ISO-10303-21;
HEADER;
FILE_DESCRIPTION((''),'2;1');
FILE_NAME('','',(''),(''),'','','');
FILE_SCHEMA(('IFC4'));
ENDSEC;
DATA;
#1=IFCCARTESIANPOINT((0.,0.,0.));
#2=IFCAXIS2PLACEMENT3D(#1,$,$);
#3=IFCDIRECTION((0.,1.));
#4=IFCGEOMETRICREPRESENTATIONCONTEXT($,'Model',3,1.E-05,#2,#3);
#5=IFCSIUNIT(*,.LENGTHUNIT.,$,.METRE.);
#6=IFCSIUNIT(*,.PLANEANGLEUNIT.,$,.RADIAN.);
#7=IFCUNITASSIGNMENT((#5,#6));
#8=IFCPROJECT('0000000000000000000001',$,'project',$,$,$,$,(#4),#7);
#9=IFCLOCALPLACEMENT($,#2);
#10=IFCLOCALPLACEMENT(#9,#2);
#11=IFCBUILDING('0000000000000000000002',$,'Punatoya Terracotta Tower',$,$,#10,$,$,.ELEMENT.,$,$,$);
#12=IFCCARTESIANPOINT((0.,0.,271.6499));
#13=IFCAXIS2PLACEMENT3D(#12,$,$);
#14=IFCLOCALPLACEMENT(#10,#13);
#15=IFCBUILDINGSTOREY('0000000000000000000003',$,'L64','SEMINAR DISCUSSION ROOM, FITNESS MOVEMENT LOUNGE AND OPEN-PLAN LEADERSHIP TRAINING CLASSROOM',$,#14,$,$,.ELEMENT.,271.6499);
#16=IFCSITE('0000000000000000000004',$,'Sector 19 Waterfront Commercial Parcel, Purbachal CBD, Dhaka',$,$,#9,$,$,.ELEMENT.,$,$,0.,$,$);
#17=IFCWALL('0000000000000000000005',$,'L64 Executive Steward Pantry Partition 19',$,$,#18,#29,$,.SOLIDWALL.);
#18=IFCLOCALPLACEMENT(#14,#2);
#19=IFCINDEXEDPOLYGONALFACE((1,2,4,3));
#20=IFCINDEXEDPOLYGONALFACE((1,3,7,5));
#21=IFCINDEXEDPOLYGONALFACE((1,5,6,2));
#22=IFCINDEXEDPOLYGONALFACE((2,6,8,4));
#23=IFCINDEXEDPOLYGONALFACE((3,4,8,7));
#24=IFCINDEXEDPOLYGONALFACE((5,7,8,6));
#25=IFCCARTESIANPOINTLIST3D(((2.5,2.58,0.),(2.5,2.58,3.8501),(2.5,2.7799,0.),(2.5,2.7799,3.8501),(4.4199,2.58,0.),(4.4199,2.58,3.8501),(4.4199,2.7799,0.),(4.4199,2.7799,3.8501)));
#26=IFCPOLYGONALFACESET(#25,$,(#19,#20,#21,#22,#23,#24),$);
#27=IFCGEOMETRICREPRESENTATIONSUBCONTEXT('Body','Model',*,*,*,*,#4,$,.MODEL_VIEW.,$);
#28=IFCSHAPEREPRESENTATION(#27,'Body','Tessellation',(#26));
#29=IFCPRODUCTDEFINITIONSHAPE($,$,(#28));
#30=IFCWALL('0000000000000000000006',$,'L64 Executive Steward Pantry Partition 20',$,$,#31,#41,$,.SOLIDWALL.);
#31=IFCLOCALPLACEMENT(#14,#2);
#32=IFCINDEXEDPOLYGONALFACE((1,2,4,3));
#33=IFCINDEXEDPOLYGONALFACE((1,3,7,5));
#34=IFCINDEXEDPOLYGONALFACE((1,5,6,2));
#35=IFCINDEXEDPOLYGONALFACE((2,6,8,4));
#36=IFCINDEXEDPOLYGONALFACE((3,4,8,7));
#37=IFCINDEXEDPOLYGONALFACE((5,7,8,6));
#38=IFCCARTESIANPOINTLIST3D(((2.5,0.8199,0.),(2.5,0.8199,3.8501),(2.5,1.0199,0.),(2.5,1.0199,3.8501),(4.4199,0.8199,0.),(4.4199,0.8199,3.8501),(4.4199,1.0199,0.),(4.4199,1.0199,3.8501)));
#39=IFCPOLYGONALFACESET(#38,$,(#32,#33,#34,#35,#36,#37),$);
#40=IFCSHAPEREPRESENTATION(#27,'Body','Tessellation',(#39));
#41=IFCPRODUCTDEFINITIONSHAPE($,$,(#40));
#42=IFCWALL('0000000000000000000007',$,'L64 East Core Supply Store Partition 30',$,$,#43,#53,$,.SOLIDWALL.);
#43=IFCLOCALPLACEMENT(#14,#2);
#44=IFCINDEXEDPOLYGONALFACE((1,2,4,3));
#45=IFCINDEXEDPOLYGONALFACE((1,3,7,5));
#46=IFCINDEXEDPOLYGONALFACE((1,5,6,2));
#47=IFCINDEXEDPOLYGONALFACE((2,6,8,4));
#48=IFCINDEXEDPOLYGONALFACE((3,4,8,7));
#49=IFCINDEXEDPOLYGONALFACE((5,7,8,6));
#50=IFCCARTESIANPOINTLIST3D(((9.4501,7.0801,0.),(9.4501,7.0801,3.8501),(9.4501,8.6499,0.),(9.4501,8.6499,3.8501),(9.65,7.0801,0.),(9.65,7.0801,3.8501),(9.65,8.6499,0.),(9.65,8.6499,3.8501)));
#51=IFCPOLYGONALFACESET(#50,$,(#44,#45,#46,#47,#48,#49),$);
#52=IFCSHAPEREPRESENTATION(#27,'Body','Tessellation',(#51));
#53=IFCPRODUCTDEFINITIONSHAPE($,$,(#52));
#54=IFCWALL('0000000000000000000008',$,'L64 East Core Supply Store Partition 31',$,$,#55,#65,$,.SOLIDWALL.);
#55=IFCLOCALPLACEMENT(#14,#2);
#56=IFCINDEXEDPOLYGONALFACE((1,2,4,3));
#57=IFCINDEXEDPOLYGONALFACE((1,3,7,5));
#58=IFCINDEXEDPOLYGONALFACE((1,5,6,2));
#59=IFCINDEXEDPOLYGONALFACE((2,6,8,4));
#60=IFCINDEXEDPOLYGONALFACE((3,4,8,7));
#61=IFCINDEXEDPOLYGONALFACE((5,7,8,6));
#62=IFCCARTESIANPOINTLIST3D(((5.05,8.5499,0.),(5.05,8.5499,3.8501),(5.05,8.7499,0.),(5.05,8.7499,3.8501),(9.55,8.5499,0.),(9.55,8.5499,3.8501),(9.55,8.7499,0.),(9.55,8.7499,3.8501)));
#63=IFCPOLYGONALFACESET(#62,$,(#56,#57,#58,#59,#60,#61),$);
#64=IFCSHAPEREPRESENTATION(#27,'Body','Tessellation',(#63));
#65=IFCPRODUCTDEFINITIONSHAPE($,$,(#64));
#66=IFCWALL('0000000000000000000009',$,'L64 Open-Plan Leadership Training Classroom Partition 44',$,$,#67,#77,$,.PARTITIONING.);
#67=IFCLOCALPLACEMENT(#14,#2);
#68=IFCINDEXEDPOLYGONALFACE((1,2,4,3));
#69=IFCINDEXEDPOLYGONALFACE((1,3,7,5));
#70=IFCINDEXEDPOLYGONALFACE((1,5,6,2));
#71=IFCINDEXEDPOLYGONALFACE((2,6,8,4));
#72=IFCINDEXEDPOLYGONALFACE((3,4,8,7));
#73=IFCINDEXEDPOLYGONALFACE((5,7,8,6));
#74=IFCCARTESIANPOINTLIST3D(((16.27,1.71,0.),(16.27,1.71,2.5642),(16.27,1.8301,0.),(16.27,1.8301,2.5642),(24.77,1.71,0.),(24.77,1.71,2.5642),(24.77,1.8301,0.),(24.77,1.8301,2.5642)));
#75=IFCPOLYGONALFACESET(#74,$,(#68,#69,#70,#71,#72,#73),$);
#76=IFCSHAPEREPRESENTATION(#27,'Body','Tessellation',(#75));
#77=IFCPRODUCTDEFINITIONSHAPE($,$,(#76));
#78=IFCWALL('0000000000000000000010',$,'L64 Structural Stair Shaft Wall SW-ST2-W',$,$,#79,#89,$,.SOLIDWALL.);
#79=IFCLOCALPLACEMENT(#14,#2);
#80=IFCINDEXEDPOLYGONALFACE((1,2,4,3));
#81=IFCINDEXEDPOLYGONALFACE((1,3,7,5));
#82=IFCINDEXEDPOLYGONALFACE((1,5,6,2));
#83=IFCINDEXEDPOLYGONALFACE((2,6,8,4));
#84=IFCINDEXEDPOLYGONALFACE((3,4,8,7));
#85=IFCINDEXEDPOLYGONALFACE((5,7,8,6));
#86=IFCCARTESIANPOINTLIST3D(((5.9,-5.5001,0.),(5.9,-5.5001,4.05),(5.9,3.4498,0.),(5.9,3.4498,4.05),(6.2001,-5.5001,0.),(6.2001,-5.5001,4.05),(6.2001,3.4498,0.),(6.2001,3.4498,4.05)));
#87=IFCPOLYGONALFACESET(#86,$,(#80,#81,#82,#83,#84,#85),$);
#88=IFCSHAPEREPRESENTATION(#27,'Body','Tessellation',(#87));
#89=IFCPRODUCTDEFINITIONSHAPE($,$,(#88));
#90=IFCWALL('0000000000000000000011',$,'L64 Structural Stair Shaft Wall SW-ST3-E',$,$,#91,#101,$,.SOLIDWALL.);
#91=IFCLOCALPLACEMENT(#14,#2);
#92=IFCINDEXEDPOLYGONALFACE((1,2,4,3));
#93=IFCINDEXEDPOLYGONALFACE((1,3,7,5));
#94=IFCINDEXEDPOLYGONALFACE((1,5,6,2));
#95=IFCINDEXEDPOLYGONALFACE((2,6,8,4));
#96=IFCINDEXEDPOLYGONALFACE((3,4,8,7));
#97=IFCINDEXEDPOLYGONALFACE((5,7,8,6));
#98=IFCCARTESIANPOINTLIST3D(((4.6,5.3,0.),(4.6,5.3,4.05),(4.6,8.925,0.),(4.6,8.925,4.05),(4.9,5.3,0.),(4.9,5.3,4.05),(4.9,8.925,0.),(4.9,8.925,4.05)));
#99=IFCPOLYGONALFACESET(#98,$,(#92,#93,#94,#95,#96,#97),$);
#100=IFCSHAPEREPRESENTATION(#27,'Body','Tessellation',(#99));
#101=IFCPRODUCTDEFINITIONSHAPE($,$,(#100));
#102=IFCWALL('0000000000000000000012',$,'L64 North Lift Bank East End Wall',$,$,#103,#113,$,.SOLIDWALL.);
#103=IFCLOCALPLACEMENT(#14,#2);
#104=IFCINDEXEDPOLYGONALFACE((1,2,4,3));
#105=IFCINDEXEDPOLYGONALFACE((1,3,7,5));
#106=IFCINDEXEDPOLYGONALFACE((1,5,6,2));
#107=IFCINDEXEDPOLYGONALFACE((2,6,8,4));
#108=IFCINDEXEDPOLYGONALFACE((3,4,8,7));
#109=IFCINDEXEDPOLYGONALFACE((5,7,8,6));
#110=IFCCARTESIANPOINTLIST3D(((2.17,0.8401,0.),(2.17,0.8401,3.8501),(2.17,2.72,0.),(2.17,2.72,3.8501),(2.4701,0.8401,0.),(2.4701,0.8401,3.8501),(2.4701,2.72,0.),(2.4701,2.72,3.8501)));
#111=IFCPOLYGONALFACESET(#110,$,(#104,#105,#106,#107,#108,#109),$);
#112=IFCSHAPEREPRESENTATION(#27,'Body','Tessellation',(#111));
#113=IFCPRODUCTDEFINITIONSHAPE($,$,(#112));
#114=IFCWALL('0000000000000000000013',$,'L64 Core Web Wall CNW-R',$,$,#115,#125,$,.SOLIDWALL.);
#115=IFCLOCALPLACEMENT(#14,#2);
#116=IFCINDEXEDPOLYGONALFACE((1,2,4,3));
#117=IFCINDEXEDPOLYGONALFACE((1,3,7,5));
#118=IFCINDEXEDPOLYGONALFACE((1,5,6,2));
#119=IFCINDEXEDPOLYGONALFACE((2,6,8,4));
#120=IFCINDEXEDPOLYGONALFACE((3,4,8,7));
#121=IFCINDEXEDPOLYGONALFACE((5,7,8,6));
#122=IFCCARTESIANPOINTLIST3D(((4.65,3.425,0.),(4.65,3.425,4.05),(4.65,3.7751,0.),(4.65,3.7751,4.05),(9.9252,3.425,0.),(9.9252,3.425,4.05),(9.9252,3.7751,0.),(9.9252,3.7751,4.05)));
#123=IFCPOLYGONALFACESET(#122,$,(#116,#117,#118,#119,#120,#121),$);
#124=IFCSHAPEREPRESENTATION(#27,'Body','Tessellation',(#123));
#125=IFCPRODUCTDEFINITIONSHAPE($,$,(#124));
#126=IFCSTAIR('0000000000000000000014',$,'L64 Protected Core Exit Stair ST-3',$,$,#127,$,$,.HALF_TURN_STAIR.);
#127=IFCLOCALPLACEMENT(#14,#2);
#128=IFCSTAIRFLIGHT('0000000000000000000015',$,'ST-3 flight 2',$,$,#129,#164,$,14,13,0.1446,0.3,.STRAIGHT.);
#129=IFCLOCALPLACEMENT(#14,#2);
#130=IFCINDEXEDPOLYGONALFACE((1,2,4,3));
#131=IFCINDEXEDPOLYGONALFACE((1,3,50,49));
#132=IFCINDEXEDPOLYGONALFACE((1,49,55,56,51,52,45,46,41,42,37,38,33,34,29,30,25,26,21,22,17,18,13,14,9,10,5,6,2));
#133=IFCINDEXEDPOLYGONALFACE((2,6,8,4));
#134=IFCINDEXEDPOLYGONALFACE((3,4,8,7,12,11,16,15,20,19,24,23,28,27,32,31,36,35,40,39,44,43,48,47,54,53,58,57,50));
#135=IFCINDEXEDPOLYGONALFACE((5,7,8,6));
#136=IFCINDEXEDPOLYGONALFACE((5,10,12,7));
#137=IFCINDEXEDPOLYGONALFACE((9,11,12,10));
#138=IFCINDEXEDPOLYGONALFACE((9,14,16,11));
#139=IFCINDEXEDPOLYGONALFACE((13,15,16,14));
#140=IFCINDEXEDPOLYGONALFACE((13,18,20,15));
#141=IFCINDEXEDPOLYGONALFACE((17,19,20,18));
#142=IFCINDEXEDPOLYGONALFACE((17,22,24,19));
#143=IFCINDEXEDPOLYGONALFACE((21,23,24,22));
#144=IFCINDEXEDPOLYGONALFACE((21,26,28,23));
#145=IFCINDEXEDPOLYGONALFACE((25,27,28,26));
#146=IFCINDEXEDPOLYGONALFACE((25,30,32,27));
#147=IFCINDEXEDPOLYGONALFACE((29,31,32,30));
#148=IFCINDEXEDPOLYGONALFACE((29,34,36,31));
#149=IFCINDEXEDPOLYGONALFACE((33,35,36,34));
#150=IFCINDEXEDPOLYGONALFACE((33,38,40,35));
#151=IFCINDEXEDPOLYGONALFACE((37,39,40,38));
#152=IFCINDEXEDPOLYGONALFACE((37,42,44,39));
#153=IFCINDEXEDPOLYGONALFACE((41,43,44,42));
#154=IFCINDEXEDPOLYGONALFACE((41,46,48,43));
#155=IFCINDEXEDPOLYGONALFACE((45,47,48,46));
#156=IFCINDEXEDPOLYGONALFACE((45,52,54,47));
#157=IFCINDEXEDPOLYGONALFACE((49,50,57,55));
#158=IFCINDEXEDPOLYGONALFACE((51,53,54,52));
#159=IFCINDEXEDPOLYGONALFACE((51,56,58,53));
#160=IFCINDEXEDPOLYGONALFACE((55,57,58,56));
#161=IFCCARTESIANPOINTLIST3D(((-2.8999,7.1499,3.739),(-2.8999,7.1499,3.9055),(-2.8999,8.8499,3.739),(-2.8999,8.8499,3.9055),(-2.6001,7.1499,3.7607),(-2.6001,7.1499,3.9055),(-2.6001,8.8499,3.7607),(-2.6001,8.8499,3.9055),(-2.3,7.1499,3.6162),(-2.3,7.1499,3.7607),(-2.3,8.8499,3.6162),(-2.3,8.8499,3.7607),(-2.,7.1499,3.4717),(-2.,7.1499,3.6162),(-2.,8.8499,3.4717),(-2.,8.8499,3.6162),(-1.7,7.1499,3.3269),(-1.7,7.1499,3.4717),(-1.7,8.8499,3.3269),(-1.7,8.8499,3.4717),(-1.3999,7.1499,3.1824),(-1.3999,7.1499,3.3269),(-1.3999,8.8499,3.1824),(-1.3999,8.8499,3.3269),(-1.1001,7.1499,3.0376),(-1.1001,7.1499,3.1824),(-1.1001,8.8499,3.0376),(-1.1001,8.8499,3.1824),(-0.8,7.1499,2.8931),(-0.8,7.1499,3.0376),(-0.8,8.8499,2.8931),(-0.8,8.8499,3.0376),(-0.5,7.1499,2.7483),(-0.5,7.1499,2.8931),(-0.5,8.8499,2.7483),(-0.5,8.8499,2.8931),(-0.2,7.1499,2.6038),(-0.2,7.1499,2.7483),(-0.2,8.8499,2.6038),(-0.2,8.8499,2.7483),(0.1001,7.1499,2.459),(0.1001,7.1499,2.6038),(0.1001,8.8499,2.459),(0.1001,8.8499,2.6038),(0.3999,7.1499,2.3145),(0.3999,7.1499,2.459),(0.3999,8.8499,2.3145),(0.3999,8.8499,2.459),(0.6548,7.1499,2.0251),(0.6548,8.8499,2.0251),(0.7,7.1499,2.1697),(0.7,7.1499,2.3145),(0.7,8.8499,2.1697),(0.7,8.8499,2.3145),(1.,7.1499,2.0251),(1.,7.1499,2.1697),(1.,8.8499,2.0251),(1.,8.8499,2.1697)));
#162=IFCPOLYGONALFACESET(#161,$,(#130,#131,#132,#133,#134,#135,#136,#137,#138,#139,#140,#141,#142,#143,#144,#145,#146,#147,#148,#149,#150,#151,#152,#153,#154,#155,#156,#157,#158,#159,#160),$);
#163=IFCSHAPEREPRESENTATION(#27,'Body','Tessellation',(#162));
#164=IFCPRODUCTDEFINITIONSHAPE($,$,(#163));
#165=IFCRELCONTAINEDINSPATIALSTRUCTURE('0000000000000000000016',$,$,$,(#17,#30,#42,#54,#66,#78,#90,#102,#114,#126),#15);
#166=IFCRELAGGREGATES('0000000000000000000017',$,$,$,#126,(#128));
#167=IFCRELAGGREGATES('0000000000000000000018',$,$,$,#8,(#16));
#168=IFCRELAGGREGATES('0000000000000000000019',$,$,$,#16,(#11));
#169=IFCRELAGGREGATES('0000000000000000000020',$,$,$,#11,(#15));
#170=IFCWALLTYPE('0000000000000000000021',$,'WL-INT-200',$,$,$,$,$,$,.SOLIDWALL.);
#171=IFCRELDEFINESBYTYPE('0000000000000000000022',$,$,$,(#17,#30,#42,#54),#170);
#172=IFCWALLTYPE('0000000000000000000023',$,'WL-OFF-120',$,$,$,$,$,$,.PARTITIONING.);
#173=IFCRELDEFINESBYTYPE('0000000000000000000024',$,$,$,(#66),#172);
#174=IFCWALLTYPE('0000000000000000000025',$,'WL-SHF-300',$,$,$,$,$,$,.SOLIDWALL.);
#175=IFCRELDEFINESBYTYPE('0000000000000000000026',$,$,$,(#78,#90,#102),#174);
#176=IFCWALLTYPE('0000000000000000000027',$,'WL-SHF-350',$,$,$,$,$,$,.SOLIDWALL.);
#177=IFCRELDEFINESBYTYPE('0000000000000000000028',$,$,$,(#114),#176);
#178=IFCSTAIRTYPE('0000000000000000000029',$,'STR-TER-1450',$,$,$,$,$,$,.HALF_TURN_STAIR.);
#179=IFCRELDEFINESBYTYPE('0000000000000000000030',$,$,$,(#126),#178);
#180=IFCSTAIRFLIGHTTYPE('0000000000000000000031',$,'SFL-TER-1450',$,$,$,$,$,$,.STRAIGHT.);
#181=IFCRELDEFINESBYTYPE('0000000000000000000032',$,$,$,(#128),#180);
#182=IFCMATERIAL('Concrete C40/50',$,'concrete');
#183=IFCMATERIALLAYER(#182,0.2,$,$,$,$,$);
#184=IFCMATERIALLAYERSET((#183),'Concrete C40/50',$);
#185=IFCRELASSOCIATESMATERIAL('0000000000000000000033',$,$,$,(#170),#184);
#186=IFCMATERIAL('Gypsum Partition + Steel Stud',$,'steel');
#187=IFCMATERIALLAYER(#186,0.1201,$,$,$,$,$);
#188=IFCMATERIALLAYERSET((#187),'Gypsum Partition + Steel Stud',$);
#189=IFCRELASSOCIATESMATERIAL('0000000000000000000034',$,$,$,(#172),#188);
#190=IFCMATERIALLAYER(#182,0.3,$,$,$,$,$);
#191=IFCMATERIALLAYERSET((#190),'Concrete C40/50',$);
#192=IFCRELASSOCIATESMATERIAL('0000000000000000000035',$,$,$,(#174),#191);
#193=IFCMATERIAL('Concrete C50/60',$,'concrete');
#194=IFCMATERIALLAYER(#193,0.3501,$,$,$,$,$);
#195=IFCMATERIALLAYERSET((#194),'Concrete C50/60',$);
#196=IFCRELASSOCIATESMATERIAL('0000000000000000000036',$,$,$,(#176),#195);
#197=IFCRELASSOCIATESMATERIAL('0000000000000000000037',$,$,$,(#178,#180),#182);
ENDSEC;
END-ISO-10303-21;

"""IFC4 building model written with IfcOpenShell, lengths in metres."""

from ifc_helpers import new_model, si_unit, direction, frame, frame_2d, origin, place, context, subcontext, project, spatial, polyline, rectangle, outline, extrude, material, layer, layer_set, type_object, element, aggregate, save


model = new_model("IFC4")

# Units and contexts
model_context = context("Model", 3, precision=1e-05, world=origin(), true_north=direction((0.0, 1.0)))
body_context = subcontext(model_context, "Body", "Model", "MODEL_VIEW")
ifc_project = project(units=[si_unit("LENGTHUNIT", "METRE"), si_unit("PLANEANGLEUNIT", "RADIAN")], contexts=[model_context])

# Site, building, storey
site_placement = place(None, origin())
site = spatial("IfcSite", under=ifc_project, at=site_placement, Name="Sector 19 Waterfront Commercial Parcel, Purbachal CBD, Dhaka", CompositionType="ELEMENT", RefElevation=0.0)
building_placement = place(site_placement, origin())
building = spatial("IfcBuilding", under=site, at=building_placement, Name="Punatoya Terracotta Tower", CompositionType="ELEMENT")
storey_placement = place(building_placement, frame((0.0, 0.0, 271.6499)))
storey = spatial("IfcBuildingStorey", under=building, at=storey_placement, Name="L64", Description="SEMINAR DISCUSSION ROOM, FITNESS MOVEMENT LOUNGE AND OPEN-PLAN LEADERSHIP TRAINING CLASSROOM", CompositionType="ELEMENT", Elevation=271.6499)

# Shared definitions
ifc_material_1 = material(Name="Concrete C50/60", Category="concrete")

# Shared definitions
ifc_material_2 = material(Name="Concrete C40/50", Category="concrete")
ifc_layer_1 = layer(ifc_material_2, 0.2)
ifc_layer_set_1 = layer_set([ifc_layer_1], Name="Concrete C40/50")
wall_type_1 = type_object("IfcWallType", Name="WL-INT-200", PredefinedType="SOLIDWALL", material=ifc_layer_set_1)

# Walls
for number, where, z_axis, x_axis, name in (
    (1, (4.4199, 2.6799, 0.0), (0.0, 0.0, 1.0), (-1.0, 0.0, 0.0), "L64 Executive Steward Pantry Partition 19"),
    (2, (2.5, 0.9199, 0.0), (0.0, 0.0, 1.0), (1.0, 0.0, 0.0), "L64 Executive Steward Pantry Partition 20"),
):
    element("IfcWall", number, at=place(storey_placement, frame(where, z_axis=z_axis, x_axis=x_axis)), inside=storey, type_object=wall_type_1, Name=name, PredefinedType="SOLIDWALL", context=body_context, shape_type="SweptSolid", body=[
        extrude(rectangle(XDim=1.9199, YDim=0.2, at=frame_2d((0.96, 0.0))), origin(), (0.0, 0.0, 1.0), 3.8501),
    ])
wall_1_placement = place(storey_placement, frame((9.55, 7.0801, 0.0), z_axis=(0.0, 0.0, 1.0), x_axis=(0.0, 1.0, 0.0)))
element("IfcWall", 3, at=wall_1_placement, inside=storey, type_object=wall_type_1, Name="L64 East Core Supply Store Partition 30", PredefinedType="SOLIDWALL", context=body_context, shape_type="SweptSolid", body=[
    extrude(rectangle(XDim=1.5698, YDim=0.2, at=frame_2d((0.7849, 0.0))), origin(), (0.0, 0.0, 1.0), 3.8501),
])
wall_2_placement = place(storey_placement, frame((9.55, 8.6499, 0.0), z_axis=(0.0, 0.0, 1.0), x_axis=(-1.0, 0.0, 0.0)))
element("IfcWall", 4, at=wall_2_placement, inside=storey, type_object=wall_type_1, Name="L64 East Core Supply Store Partition 31", PredefinedType="SOLIDWALL", context=body_context, shape_type="SweptSolid", body=[
    extrude(rectangle(XDim=4.5, YDim=0.2, at=frame_2d((2.25, 0.0))), origin(), (0.0, 0.0, 1.0), 3.8501),
])
ifc_material_3 = material(Name="Gypsum Partition + Steel Stud", Category="steel")
ifc_layer_2 = layer(ifc_material_3, 0.1201)
ifc_layer_set_2 = layer_set([ifc_layer_2], Name="Gypsum Partition + Steel Stud")
wall_type_2 = type_object("IfcWallType", Name="WL-OFF-120", PredefinedType="PARTITIONING", material=ifc_layer_set_2)
wall_3_placement = place(storey_placement, frame((16.27, 1.77, 0.0), z_axis=(0.0, 0.0, 1.0), x_axis=(1.0, 0.0, 0.0)))
element("IfcWall", 5, at=wall_3_placement, inside=storey, type_object=wall_type_2, Name="L64 Open-Plan Leadership Training Classroom Partition 44", PredefinedType="PARTITIONING", context=body_context, shape_type="SweptSolid", body=[
    extrude(rectangle(XDim=8.5, YDim=0.1201, at=frame_2d((4.25, 0.0))), origin(), (0.0, 0.0, 1.0), 2.5642),
])
ifc_layer_3 = layer(ifc_material_2, 0.3)
ifc_layer_set_3 = layer_set([ifc_layer_3], Name="Concrete C40/50")
wall_type_3 = type_object("IfcWallType", Name="WL-SHF-300", PredefinedType="SOLIDWALL", material=ifc_layer_set_3)
wall_4_placement = place(storey_placement, frame((6.05, 3.45, 0.0), z_axis=(0.0, 0.0, 1.0), x_axis=(0.0, -1.0, 0.0)))
element("IfcWall", 6, at=wall_4_placement, inside=storey, type_object=wall_type_3, Name="L64 Structural Stair Shaft Wall SW-ST2-W", PredefinedType="SOLIDWALL", context=body_context, shape_type="SweptSolid", body=[
    extrude(rectangle(XDim=8.95, YDim=0.3, at=frame_2d((4.4751, 0.0))), origin(), (0.0, 0.0, 1.0), 4.05),
])
wall_5_placement = place(storey_placement, frame((4.75, 8.925, 0.0), z_axis=(0.0, 0.0, 1.0), x_axis=(0.0, -1.0, 0.0)))
element("IfcWall", 7, at=wall_5_placement, inside=storey, type_object=wall_type_3, Name="L64 Structural Stair Shaft Wall SW-ST3-E", PredefinedType="SOLIDWALL", context=body_context, shape_type="SweptSolid", body=[
    extrude(rectangle(XDim=3.625, YDim=0.3, at=frame_2d((1.8125, 0.0))), origin(), (0.0, 0.0, 1.0), 4.05),
])
wall_6_placement = place(storey_placement, frame((2.3201, 0.8401, 0.0), z_axis=(0.0, 0.0, 1.0), x_axis=(0.0, 1.0, 0.0)))
element("IfcWall", 8, at=wall_6_placement, inside=storey, type_object=wall_type_3, Name="L64 North Lift Bank East End Wall", PredefinedType="SOLIDWALL", context=body_context, shape_type="SweptSolid", body=[
    extrude(rectangle(XDim=1.8799, YDim=0.3, at=frame_2d((0.9399, 0.0))), origin(), (0.0, 0.0, 1.0), 3.8501),
])
ifc_layer_4 = layer(ifc_material_1, 0.3501)
ifc_layer_set_4 = layer_set([ifc_layer_4], Name="Concrete C50/60")
wall_type_4 = type_object("IfcWallType", Name="WL-SHF-350", PredefinedType="SOLIDWALL", material=ifc_layer_set_4)
wall_7_placement = place(storey_placement, frame((4.6499, 3.6001, 0.0), z_axis=(0.0, 0.0, 1.0), x_axis=(1.0, 0.0, 0.0)))
element("IfcWall", 9, at=wall_7_placement, inside=storey, type_object=wall_type_4, Name="L64 Core Web Wall CNW-R", PredefinedType="SOLIDWALL", context=body_context, shape_type="SweptSolid", body=[
    extrude(rectangle(XDim=5.2751, YDim=0.3501, at=frame_2d((2.6377, 0.0))), origin(), (0.0, 0.0, 1.0), 4.05),
])

# Stair, stair flight
stair_type = type_object("IfcStairType", Name="STR-TER-1450", PredefinedType="HALF_TURN_STAIR", material=ifc_material_2)
stair_placement = place(storey_placement, origin())
stair = element("IfcStair", 10, at=stair_placement, inside=storey, type_object=stair_type, Name="L64 Protected Core Exit Stair ST-3", PredefinedType="HALF_TURN_STAIR")
stair_flight_type = type_object("IfcStairFlightType", Name="SFL-TER-1450", PredefinedType="STRAIGHT", material=ifc_material_2)
stair_flight_placement = place(storey_placement, frame((1.0, 8.0, 2.0251), z_axis=(0.0, 0.0, 1.0), x_axis=(-1.0, 0.0, 0.0)))
stair_flight = element("IfcStairFlight", 11, at=stair_flight_placement, type_object=stair_flight_type, Name="ST-3 flight 2", NumberOfRisers=14, NumberOfTreads=13, PredefinedType="STRAIGHT", RiserHeight=0.1446, TreadLength=0.3, context=body_context, shape_type="SweptSolid", body=[
    extrude(outline(polyline([(0.0, 0.0), (0.0, 0.1445), (0.3, 0.1445), (0.3, 0.2893), (0.6001, 0.2893), (0.6001, 0.4338), (0.8999, 0.4338), (0.8999, 0.5786), (1.2, 0.5786), (1.2, 0.7231), (1.5, 0.7231), (1.5, 0.8679), (1.8, 0.8679), (1.8, 1.0125), (2.1001, 1.0125), (2.1001, 1.1572), (2.3999, 1.1572), (2.3999, 1.3018), (2.7, 1.3018), (2.7, 1.4465), (3.0, 1.4465), (3.0, 1.5911), (3.3, 1.5911), (3.3, 1.7356), (3.6001, 1.7356), (3.6001, 1.8804), (3.8999, 1.8804), (3.8999, 2.0249), (3.8999, 1.7139), (0.3452, 0.0), (0.0, 0.0)])), frame((0.0, 0.8501, 0.0), z_axis=(0.0, -1.0, 0.0), x_axis=(1.0, 0.0, 0.0)), (0.0, 0.0, 1.0), 1.7),
])
aggregate(stair, [stair_flight])

save(model, "model.ifc")
